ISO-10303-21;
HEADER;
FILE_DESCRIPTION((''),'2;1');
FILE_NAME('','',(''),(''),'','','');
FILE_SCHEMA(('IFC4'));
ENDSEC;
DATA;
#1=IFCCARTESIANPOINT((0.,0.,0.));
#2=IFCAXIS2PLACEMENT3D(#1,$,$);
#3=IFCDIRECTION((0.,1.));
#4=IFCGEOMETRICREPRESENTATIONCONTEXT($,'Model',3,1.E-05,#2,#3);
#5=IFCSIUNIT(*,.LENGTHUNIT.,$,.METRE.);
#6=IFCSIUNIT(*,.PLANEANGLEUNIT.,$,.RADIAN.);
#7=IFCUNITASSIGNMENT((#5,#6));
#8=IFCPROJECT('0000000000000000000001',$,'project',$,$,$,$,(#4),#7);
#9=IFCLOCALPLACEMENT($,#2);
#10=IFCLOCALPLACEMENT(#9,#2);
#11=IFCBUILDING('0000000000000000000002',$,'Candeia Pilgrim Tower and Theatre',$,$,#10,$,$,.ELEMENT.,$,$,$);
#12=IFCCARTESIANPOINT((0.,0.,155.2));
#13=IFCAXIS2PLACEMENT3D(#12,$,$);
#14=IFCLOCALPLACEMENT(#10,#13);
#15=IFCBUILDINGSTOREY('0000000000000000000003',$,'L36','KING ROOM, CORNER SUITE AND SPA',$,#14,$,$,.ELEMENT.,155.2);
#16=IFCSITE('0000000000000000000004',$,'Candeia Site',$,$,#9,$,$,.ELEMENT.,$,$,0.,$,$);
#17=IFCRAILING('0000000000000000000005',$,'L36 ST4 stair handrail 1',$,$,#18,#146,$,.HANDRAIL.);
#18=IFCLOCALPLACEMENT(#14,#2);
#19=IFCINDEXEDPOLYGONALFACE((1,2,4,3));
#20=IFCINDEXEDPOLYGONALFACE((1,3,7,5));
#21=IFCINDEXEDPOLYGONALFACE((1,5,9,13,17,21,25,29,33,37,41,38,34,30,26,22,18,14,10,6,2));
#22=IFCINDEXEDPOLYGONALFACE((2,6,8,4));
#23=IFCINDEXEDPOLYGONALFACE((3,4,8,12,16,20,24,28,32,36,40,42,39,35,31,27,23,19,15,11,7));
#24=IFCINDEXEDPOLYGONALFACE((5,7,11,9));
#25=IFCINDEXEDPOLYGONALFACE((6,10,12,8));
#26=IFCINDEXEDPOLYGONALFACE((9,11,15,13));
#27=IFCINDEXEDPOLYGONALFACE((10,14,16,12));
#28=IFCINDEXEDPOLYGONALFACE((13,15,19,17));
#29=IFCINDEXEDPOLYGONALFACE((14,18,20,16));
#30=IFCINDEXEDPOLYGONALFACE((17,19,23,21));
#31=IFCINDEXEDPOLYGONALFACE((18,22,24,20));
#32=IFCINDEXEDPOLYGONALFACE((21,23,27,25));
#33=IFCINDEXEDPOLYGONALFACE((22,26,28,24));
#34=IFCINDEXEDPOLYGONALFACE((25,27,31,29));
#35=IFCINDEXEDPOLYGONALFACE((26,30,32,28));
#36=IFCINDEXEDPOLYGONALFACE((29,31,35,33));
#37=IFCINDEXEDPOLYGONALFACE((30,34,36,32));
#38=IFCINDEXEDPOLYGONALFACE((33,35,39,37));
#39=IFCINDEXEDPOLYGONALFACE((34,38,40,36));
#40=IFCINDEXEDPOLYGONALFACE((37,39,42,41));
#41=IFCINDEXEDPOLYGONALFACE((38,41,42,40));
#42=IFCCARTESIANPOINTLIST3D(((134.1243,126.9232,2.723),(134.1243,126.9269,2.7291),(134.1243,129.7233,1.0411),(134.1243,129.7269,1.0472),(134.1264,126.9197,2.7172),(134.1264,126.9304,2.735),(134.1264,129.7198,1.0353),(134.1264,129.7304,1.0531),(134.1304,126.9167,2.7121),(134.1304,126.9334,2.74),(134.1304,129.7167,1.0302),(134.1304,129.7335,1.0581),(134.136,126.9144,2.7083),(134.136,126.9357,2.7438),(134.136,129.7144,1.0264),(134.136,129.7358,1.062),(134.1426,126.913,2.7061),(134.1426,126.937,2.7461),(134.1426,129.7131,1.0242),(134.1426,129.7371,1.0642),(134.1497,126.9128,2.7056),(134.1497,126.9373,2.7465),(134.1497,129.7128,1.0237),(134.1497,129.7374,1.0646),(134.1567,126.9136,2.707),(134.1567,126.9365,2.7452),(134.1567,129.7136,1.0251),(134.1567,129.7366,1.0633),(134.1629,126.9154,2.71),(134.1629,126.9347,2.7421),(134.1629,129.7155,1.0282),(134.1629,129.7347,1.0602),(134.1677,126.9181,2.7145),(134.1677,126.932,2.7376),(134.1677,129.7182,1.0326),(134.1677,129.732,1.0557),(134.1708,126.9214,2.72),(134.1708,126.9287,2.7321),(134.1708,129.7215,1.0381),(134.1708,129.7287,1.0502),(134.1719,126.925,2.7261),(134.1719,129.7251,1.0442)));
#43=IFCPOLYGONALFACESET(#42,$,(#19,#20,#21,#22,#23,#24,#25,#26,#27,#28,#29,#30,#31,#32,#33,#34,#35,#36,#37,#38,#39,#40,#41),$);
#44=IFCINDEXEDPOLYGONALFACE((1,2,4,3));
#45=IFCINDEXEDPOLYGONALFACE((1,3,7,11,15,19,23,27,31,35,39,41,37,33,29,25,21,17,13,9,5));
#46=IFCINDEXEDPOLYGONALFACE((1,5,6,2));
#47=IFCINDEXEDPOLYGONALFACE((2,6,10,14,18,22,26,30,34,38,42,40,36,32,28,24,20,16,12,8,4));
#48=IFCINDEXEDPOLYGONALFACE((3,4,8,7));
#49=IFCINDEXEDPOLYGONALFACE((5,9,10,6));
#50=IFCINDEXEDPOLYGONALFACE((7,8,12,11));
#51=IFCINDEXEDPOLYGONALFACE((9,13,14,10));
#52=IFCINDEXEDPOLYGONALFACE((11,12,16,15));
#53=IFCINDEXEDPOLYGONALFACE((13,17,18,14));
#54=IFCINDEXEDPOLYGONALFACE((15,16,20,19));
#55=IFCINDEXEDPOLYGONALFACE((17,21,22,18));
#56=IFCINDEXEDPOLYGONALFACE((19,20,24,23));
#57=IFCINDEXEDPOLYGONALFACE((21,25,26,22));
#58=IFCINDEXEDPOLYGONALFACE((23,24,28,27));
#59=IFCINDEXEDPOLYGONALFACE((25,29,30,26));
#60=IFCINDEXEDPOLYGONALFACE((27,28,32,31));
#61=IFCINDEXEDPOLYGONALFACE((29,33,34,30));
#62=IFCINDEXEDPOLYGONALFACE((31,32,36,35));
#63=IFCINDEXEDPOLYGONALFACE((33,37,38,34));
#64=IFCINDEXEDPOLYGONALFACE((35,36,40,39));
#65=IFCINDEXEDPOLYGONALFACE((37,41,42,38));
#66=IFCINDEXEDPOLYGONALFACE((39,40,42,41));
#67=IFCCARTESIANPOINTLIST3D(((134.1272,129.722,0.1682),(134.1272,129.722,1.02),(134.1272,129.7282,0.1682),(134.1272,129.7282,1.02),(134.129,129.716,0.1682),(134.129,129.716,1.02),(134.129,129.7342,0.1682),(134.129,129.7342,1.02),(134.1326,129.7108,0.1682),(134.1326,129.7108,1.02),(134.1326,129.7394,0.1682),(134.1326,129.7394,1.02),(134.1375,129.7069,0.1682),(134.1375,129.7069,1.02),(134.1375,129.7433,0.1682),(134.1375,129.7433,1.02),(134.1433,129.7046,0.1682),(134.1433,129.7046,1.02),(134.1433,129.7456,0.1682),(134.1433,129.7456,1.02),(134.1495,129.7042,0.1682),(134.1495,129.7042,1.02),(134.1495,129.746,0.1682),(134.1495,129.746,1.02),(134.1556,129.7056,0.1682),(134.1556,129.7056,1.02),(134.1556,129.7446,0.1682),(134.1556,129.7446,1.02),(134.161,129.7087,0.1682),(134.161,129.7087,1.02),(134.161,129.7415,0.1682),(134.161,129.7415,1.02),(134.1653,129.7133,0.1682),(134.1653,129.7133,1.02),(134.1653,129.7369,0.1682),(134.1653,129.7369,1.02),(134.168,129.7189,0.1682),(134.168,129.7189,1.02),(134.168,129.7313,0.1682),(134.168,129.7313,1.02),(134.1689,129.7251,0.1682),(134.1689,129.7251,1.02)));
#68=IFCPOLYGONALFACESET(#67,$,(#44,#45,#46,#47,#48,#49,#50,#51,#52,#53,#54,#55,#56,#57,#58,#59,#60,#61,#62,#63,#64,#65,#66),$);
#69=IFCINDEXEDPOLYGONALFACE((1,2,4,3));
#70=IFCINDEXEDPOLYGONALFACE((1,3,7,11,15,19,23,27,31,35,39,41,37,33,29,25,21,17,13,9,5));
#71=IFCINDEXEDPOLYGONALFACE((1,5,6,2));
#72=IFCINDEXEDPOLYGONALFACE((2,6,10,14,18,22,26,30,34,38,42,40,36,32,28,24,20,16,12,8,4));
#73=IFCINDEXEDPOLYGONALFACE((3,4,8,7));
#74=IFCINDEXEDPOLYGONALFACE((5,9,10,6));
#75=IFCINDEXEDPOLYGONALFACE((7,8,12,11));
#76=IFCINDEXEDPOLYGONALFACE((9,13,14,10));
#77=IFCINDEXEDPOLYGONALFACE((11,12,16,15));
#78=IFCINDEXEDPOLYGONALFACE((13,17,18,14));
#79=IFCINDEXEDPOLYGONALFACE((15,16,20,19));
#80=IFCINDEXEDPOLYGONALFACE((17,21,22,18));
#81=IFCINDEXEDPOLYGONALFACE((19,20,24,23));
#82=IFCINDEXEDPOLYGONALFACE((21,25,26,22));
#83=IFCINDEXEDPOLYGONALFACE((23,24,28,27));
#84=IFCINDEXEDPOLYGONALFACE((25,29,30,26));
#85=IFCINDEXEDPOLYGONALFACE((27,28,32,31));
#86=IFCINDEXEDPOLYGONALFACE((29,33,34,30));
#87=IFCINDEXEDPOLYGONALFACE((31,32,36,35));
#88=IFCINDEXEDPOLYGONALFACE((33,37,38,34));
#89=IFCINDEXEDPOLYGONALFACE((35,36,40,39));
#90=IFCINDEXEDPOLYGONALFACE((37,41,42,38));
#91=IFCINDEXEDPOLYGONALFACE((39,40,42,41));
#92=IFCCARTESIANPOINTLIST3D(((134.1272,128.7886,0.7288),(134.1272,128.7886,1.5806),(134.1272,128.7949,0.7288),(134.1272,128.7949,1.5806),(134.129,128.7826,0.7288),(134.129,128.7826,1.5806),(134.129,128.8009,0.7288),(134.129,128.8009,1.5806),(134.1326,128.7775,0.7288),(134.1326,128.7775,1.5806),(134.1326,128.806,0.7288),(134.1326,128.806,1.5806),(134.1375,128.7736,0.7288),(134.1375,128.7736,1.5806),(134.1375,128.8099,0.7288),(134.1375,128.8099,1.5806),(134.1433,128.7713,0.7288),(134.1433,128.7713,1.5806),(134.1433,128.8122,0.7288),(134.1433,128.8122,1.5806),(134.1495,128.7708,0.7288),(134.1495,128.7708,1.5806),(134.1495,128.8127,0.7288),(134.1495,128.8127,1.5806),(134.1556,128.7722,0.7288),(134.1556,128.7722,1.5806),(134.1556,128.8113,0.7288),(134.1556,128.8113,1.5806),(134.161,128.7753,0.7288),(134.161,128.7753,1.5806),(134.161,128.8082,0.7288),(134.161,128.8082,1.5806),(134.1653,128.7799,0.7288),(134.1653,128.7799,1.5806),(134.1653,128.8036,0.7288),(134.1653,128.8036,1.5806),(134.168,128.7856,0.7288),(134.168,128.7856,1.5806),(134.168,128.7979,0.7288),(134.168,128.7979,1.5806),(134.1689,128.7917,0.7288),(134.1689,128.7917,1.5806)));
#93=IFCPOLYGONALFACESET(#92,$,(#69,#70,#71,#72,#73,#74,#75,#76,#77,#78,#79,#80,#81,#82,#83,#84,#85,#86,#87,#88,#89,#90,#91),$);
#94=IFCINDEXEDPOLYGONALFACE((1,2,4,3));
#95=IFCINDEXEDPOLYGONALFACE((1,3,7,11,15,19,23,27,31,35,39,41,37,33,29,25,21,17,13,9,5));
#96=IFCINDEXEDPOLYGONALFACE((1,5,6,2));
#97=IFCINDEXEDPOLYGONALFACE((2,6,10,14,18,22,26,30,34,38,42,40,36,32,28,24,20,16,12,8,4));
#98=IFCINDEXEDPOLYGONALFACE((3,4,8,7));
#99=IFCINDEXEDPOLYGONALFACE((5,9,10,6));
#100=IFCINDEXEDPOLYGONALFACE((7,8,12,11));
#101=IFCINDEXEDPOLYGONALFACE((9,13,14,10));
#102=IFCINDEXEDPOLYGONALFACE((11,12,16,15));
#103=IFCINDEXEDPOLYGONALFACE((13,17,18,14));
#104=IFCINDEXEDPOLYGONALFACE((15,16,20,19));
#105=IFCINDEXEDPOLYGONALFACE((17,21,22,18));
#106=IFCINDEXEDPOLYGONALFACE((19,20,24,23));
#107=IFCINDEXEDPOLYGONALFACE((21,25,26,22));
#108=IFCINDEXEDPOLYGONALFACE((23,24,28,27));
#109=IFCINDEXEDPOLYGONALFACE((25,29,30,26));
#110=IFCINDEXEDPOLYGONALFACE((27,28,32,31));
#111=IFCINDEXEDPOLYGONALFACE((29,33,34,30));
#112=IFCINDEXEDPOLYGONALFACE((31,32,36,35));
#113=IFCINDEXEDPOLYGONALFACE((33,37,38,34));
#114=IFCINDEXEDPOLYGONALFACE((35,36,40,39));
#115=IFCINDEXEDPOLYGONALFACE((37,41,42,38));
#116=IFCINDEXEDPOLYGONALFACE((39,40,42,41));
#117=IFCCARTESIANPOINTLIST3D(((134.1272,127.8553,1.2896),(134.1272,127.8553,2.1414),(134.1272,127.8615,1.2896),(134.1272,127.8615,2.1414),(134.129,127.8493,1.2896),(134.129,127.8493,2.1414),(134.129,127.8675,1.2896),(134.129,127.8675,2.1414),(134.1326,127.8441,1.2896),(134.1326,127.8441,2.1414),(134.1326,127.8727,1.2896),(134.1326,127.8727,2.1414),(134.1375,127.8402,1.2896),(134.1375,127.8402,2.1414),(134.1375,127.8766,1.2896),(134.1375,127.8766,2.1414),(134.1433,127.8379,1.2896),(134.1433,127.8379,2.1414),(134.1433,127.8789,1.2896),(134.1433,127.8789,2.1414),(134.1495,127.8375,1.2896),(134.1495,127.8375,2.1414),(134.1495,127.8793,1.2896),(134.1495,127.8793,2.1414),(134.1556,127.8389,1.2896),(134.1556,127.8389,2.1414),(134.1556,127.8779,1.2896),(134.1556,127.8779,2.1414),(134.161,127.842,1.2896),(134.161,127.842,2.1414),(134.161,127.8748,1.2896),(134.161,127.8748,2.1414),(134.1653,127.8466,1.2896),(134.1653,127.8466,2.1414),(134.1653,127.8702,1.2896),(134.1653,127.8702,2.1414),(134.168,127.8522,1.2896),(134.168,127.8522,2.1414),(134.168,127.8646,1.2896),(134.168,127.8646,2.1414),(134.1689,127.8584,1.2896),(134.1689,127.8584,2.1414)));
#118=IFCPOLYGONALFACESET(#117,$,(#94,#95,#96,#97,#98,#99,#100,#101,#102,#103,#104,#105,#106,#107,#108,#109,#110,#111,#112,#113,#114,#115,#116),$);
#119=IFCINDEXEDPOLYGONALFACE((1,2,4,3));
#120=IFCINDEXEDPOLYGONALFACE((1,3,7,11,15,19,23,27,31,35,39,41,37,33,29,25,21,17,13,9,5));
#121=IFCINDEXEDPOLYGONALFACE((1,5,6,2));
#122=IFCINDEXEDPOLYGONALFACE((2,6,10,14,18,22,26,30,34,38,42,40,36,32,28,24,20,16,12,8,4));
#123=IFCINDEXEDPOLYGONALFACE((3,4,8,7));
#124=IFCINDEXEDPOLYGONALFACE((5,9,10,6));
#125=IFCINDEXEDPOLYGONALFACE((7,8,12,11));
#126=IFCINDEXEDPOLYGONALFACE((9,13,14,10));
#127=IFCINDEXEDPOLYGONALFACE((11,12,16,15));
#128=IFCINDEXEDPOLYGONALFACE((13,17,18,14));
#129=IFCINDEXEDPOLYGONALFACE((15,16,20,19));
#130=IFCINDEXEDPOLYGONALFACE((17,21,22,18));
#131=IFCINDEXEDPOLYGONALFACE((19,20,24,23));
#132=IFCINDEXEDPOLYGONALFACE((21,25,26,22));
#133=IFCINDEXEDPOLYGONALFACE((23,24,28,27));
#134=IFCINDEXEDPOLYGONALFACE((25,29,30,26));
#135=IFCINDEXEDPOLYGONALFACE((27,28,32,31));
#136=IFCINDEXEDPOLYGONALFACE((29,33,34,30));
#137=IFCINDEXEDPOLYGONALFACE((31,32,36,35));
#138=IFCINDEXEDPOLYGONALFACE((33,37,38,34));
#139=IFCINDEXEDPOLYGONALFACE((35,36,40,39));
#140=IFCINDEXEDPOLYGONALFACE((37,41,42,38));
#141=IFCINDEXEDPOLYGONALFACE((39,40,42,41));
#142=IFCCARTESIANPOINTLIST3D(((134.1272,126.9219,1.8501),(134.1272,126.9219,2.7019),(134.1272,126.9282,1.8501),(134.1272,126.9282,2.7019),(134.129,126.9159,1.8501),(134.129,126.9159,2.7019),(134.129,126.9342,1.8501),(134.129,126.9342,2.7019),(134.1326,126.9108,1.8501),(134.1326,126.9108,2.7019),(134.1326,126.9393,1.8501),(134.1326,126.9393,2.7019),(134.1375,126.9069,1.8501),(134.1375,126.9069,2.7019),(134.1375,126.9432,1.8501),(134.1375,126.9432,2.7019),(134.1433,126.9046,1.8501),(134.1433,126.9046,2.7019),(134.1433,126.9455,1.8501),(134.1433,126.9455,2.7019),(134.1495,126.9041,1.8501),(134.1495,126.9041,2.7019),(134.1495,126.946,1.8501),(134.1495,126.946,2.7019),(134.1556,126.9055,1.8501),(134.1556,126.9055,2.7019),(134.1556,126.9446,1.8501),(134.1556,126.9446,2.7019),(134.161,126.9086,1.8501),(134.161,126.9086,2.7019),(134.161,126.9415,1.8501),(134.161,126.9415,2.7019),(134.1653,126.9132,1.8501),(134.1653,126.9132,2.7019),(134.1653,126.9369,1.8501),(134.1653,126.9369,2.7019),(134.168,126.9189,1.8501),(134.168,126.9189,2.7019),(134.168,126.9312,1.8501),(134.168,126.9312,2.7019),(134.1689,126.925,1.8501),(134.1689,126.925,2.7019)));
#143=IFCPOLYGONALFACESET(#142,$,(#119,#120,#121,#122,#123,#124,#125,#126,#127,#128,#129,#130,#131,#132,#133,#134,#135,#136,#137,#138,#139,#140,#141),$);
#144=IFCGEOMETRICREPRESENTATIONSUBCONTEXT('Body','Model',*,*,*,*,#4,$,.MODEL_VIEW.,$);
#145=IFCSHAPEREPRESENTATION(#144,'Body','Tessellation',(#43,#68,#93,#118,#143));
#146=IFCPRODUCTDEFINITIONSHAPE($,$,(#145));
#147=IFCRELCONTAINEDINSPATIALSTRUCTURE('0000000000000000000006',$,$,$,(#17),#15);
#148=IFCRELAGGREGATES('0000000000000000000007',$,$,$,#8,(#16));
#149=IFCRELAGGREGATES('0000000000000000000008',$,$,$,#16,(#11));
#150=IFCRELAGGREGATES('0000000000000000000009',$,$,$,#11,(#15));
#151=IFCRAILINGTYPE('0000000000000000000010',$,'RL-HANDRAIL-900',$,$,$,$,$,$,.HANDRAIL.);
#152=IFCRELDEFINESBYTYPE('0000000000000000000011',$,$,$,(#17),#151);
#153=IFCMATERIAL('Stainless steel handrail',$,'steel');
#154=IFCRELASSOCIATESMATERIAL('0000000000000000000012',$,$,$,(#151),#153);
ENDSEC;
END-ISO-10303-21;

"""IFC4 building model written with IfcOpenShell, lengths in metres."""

from ifc_helpers import new_model, si_unit, direction, frame, origin, origin_2d, place, context, subcontext, project, spatial, circle, extrude, material, type_object, element, save


model = new_model("IFC4")

# Units and contexts
model_context = context("Model", 3, precision=1e-05, world=origin(), true_north=direction((0.0, 1.0)))
body_context = subcontext(model_context, "Body", "Model", "MODEL_VIEW")
ifc_project = project(units=[si_unit("LENGTHUNIT", "METRE"), si_unit("PLANEANGLEUNIT", "RADIAN")], contexts=[model_context])

# Site, building, storey
site_placement = place(None, origin())
site = spatial("IfcSite", under=ifc_project, at=site_placement, Name="Candeia Site", CompositionType="ELEMENT", RefElevation=0.0)
building_placement = place(site_placement, origin())
building = spatial("IfcBuilding", under=site, at=building_placement, Name="Candeia Pilgrim Tower and Theatre", CompositionType="ELEMENT")
storey_placement = place(building_placement, frame((0.0, 0.0, 155.2)))
storey = spatial("IfcBuildingStorey", under=building, at=storey_placement, Name="L36", Description="KING ROOM, CORNER SUITE AND SPA", CompositionType="ELEMENT", Elevation=155.2)

# Railing
ifc_material_1 = material(Name="Stainless steel handrail", Category="steel")
railing_type_1 = type_object("IfcRailingType", Name="RL-HANDRAIL-900", PredefinedType="HANDRAIL", material=ifc_material_1)
railing_1_placement = place(storey_placement, frame((134.1479, 129.7251, 0.1682)))
element("IfcRailing", 1, at=railing_1_placement, inside=storey, type_object=railing_type_1, Name="L36 ST4 stair handrail 1", PredefinedType="HANDRAIL", context=body_context, shape_type="SweptSolid", body=[
    extrude(circle(Radius=0.0239, at=origin_2d()), frame((0.0, 0.0, 0.876), z_axis=(0.0, -0.857242, 0.514913), x_axis=(1.0, 0.0, 0.0)), (0.0, 0.0, 1.0), 3.2664),
    extrude(circle(Radius=0.021, at=origin_2d()), origin(), (0.0, 0.0, 1.0), 0.8518),
    extrude(circle(Radius=0.021, at=origin_2d()), frame((0.0, -0.9333, 0.5605)), (0.0, 0.0, 1.0), 0.8518),
    extrude(circle(Radius=0.021, at=origin_2d()), frame((0.0, -1.8667, 1.1213)), (0.0, 0.0, 1.0), 0.8518),
    extrude(circle(Radius=0.021, at=origin_2d()), frame((0.0, -2.8, 1.6819)), (0.0, 0.0, 1.0), 0.8518),
])

save(model, "model.ifc")
